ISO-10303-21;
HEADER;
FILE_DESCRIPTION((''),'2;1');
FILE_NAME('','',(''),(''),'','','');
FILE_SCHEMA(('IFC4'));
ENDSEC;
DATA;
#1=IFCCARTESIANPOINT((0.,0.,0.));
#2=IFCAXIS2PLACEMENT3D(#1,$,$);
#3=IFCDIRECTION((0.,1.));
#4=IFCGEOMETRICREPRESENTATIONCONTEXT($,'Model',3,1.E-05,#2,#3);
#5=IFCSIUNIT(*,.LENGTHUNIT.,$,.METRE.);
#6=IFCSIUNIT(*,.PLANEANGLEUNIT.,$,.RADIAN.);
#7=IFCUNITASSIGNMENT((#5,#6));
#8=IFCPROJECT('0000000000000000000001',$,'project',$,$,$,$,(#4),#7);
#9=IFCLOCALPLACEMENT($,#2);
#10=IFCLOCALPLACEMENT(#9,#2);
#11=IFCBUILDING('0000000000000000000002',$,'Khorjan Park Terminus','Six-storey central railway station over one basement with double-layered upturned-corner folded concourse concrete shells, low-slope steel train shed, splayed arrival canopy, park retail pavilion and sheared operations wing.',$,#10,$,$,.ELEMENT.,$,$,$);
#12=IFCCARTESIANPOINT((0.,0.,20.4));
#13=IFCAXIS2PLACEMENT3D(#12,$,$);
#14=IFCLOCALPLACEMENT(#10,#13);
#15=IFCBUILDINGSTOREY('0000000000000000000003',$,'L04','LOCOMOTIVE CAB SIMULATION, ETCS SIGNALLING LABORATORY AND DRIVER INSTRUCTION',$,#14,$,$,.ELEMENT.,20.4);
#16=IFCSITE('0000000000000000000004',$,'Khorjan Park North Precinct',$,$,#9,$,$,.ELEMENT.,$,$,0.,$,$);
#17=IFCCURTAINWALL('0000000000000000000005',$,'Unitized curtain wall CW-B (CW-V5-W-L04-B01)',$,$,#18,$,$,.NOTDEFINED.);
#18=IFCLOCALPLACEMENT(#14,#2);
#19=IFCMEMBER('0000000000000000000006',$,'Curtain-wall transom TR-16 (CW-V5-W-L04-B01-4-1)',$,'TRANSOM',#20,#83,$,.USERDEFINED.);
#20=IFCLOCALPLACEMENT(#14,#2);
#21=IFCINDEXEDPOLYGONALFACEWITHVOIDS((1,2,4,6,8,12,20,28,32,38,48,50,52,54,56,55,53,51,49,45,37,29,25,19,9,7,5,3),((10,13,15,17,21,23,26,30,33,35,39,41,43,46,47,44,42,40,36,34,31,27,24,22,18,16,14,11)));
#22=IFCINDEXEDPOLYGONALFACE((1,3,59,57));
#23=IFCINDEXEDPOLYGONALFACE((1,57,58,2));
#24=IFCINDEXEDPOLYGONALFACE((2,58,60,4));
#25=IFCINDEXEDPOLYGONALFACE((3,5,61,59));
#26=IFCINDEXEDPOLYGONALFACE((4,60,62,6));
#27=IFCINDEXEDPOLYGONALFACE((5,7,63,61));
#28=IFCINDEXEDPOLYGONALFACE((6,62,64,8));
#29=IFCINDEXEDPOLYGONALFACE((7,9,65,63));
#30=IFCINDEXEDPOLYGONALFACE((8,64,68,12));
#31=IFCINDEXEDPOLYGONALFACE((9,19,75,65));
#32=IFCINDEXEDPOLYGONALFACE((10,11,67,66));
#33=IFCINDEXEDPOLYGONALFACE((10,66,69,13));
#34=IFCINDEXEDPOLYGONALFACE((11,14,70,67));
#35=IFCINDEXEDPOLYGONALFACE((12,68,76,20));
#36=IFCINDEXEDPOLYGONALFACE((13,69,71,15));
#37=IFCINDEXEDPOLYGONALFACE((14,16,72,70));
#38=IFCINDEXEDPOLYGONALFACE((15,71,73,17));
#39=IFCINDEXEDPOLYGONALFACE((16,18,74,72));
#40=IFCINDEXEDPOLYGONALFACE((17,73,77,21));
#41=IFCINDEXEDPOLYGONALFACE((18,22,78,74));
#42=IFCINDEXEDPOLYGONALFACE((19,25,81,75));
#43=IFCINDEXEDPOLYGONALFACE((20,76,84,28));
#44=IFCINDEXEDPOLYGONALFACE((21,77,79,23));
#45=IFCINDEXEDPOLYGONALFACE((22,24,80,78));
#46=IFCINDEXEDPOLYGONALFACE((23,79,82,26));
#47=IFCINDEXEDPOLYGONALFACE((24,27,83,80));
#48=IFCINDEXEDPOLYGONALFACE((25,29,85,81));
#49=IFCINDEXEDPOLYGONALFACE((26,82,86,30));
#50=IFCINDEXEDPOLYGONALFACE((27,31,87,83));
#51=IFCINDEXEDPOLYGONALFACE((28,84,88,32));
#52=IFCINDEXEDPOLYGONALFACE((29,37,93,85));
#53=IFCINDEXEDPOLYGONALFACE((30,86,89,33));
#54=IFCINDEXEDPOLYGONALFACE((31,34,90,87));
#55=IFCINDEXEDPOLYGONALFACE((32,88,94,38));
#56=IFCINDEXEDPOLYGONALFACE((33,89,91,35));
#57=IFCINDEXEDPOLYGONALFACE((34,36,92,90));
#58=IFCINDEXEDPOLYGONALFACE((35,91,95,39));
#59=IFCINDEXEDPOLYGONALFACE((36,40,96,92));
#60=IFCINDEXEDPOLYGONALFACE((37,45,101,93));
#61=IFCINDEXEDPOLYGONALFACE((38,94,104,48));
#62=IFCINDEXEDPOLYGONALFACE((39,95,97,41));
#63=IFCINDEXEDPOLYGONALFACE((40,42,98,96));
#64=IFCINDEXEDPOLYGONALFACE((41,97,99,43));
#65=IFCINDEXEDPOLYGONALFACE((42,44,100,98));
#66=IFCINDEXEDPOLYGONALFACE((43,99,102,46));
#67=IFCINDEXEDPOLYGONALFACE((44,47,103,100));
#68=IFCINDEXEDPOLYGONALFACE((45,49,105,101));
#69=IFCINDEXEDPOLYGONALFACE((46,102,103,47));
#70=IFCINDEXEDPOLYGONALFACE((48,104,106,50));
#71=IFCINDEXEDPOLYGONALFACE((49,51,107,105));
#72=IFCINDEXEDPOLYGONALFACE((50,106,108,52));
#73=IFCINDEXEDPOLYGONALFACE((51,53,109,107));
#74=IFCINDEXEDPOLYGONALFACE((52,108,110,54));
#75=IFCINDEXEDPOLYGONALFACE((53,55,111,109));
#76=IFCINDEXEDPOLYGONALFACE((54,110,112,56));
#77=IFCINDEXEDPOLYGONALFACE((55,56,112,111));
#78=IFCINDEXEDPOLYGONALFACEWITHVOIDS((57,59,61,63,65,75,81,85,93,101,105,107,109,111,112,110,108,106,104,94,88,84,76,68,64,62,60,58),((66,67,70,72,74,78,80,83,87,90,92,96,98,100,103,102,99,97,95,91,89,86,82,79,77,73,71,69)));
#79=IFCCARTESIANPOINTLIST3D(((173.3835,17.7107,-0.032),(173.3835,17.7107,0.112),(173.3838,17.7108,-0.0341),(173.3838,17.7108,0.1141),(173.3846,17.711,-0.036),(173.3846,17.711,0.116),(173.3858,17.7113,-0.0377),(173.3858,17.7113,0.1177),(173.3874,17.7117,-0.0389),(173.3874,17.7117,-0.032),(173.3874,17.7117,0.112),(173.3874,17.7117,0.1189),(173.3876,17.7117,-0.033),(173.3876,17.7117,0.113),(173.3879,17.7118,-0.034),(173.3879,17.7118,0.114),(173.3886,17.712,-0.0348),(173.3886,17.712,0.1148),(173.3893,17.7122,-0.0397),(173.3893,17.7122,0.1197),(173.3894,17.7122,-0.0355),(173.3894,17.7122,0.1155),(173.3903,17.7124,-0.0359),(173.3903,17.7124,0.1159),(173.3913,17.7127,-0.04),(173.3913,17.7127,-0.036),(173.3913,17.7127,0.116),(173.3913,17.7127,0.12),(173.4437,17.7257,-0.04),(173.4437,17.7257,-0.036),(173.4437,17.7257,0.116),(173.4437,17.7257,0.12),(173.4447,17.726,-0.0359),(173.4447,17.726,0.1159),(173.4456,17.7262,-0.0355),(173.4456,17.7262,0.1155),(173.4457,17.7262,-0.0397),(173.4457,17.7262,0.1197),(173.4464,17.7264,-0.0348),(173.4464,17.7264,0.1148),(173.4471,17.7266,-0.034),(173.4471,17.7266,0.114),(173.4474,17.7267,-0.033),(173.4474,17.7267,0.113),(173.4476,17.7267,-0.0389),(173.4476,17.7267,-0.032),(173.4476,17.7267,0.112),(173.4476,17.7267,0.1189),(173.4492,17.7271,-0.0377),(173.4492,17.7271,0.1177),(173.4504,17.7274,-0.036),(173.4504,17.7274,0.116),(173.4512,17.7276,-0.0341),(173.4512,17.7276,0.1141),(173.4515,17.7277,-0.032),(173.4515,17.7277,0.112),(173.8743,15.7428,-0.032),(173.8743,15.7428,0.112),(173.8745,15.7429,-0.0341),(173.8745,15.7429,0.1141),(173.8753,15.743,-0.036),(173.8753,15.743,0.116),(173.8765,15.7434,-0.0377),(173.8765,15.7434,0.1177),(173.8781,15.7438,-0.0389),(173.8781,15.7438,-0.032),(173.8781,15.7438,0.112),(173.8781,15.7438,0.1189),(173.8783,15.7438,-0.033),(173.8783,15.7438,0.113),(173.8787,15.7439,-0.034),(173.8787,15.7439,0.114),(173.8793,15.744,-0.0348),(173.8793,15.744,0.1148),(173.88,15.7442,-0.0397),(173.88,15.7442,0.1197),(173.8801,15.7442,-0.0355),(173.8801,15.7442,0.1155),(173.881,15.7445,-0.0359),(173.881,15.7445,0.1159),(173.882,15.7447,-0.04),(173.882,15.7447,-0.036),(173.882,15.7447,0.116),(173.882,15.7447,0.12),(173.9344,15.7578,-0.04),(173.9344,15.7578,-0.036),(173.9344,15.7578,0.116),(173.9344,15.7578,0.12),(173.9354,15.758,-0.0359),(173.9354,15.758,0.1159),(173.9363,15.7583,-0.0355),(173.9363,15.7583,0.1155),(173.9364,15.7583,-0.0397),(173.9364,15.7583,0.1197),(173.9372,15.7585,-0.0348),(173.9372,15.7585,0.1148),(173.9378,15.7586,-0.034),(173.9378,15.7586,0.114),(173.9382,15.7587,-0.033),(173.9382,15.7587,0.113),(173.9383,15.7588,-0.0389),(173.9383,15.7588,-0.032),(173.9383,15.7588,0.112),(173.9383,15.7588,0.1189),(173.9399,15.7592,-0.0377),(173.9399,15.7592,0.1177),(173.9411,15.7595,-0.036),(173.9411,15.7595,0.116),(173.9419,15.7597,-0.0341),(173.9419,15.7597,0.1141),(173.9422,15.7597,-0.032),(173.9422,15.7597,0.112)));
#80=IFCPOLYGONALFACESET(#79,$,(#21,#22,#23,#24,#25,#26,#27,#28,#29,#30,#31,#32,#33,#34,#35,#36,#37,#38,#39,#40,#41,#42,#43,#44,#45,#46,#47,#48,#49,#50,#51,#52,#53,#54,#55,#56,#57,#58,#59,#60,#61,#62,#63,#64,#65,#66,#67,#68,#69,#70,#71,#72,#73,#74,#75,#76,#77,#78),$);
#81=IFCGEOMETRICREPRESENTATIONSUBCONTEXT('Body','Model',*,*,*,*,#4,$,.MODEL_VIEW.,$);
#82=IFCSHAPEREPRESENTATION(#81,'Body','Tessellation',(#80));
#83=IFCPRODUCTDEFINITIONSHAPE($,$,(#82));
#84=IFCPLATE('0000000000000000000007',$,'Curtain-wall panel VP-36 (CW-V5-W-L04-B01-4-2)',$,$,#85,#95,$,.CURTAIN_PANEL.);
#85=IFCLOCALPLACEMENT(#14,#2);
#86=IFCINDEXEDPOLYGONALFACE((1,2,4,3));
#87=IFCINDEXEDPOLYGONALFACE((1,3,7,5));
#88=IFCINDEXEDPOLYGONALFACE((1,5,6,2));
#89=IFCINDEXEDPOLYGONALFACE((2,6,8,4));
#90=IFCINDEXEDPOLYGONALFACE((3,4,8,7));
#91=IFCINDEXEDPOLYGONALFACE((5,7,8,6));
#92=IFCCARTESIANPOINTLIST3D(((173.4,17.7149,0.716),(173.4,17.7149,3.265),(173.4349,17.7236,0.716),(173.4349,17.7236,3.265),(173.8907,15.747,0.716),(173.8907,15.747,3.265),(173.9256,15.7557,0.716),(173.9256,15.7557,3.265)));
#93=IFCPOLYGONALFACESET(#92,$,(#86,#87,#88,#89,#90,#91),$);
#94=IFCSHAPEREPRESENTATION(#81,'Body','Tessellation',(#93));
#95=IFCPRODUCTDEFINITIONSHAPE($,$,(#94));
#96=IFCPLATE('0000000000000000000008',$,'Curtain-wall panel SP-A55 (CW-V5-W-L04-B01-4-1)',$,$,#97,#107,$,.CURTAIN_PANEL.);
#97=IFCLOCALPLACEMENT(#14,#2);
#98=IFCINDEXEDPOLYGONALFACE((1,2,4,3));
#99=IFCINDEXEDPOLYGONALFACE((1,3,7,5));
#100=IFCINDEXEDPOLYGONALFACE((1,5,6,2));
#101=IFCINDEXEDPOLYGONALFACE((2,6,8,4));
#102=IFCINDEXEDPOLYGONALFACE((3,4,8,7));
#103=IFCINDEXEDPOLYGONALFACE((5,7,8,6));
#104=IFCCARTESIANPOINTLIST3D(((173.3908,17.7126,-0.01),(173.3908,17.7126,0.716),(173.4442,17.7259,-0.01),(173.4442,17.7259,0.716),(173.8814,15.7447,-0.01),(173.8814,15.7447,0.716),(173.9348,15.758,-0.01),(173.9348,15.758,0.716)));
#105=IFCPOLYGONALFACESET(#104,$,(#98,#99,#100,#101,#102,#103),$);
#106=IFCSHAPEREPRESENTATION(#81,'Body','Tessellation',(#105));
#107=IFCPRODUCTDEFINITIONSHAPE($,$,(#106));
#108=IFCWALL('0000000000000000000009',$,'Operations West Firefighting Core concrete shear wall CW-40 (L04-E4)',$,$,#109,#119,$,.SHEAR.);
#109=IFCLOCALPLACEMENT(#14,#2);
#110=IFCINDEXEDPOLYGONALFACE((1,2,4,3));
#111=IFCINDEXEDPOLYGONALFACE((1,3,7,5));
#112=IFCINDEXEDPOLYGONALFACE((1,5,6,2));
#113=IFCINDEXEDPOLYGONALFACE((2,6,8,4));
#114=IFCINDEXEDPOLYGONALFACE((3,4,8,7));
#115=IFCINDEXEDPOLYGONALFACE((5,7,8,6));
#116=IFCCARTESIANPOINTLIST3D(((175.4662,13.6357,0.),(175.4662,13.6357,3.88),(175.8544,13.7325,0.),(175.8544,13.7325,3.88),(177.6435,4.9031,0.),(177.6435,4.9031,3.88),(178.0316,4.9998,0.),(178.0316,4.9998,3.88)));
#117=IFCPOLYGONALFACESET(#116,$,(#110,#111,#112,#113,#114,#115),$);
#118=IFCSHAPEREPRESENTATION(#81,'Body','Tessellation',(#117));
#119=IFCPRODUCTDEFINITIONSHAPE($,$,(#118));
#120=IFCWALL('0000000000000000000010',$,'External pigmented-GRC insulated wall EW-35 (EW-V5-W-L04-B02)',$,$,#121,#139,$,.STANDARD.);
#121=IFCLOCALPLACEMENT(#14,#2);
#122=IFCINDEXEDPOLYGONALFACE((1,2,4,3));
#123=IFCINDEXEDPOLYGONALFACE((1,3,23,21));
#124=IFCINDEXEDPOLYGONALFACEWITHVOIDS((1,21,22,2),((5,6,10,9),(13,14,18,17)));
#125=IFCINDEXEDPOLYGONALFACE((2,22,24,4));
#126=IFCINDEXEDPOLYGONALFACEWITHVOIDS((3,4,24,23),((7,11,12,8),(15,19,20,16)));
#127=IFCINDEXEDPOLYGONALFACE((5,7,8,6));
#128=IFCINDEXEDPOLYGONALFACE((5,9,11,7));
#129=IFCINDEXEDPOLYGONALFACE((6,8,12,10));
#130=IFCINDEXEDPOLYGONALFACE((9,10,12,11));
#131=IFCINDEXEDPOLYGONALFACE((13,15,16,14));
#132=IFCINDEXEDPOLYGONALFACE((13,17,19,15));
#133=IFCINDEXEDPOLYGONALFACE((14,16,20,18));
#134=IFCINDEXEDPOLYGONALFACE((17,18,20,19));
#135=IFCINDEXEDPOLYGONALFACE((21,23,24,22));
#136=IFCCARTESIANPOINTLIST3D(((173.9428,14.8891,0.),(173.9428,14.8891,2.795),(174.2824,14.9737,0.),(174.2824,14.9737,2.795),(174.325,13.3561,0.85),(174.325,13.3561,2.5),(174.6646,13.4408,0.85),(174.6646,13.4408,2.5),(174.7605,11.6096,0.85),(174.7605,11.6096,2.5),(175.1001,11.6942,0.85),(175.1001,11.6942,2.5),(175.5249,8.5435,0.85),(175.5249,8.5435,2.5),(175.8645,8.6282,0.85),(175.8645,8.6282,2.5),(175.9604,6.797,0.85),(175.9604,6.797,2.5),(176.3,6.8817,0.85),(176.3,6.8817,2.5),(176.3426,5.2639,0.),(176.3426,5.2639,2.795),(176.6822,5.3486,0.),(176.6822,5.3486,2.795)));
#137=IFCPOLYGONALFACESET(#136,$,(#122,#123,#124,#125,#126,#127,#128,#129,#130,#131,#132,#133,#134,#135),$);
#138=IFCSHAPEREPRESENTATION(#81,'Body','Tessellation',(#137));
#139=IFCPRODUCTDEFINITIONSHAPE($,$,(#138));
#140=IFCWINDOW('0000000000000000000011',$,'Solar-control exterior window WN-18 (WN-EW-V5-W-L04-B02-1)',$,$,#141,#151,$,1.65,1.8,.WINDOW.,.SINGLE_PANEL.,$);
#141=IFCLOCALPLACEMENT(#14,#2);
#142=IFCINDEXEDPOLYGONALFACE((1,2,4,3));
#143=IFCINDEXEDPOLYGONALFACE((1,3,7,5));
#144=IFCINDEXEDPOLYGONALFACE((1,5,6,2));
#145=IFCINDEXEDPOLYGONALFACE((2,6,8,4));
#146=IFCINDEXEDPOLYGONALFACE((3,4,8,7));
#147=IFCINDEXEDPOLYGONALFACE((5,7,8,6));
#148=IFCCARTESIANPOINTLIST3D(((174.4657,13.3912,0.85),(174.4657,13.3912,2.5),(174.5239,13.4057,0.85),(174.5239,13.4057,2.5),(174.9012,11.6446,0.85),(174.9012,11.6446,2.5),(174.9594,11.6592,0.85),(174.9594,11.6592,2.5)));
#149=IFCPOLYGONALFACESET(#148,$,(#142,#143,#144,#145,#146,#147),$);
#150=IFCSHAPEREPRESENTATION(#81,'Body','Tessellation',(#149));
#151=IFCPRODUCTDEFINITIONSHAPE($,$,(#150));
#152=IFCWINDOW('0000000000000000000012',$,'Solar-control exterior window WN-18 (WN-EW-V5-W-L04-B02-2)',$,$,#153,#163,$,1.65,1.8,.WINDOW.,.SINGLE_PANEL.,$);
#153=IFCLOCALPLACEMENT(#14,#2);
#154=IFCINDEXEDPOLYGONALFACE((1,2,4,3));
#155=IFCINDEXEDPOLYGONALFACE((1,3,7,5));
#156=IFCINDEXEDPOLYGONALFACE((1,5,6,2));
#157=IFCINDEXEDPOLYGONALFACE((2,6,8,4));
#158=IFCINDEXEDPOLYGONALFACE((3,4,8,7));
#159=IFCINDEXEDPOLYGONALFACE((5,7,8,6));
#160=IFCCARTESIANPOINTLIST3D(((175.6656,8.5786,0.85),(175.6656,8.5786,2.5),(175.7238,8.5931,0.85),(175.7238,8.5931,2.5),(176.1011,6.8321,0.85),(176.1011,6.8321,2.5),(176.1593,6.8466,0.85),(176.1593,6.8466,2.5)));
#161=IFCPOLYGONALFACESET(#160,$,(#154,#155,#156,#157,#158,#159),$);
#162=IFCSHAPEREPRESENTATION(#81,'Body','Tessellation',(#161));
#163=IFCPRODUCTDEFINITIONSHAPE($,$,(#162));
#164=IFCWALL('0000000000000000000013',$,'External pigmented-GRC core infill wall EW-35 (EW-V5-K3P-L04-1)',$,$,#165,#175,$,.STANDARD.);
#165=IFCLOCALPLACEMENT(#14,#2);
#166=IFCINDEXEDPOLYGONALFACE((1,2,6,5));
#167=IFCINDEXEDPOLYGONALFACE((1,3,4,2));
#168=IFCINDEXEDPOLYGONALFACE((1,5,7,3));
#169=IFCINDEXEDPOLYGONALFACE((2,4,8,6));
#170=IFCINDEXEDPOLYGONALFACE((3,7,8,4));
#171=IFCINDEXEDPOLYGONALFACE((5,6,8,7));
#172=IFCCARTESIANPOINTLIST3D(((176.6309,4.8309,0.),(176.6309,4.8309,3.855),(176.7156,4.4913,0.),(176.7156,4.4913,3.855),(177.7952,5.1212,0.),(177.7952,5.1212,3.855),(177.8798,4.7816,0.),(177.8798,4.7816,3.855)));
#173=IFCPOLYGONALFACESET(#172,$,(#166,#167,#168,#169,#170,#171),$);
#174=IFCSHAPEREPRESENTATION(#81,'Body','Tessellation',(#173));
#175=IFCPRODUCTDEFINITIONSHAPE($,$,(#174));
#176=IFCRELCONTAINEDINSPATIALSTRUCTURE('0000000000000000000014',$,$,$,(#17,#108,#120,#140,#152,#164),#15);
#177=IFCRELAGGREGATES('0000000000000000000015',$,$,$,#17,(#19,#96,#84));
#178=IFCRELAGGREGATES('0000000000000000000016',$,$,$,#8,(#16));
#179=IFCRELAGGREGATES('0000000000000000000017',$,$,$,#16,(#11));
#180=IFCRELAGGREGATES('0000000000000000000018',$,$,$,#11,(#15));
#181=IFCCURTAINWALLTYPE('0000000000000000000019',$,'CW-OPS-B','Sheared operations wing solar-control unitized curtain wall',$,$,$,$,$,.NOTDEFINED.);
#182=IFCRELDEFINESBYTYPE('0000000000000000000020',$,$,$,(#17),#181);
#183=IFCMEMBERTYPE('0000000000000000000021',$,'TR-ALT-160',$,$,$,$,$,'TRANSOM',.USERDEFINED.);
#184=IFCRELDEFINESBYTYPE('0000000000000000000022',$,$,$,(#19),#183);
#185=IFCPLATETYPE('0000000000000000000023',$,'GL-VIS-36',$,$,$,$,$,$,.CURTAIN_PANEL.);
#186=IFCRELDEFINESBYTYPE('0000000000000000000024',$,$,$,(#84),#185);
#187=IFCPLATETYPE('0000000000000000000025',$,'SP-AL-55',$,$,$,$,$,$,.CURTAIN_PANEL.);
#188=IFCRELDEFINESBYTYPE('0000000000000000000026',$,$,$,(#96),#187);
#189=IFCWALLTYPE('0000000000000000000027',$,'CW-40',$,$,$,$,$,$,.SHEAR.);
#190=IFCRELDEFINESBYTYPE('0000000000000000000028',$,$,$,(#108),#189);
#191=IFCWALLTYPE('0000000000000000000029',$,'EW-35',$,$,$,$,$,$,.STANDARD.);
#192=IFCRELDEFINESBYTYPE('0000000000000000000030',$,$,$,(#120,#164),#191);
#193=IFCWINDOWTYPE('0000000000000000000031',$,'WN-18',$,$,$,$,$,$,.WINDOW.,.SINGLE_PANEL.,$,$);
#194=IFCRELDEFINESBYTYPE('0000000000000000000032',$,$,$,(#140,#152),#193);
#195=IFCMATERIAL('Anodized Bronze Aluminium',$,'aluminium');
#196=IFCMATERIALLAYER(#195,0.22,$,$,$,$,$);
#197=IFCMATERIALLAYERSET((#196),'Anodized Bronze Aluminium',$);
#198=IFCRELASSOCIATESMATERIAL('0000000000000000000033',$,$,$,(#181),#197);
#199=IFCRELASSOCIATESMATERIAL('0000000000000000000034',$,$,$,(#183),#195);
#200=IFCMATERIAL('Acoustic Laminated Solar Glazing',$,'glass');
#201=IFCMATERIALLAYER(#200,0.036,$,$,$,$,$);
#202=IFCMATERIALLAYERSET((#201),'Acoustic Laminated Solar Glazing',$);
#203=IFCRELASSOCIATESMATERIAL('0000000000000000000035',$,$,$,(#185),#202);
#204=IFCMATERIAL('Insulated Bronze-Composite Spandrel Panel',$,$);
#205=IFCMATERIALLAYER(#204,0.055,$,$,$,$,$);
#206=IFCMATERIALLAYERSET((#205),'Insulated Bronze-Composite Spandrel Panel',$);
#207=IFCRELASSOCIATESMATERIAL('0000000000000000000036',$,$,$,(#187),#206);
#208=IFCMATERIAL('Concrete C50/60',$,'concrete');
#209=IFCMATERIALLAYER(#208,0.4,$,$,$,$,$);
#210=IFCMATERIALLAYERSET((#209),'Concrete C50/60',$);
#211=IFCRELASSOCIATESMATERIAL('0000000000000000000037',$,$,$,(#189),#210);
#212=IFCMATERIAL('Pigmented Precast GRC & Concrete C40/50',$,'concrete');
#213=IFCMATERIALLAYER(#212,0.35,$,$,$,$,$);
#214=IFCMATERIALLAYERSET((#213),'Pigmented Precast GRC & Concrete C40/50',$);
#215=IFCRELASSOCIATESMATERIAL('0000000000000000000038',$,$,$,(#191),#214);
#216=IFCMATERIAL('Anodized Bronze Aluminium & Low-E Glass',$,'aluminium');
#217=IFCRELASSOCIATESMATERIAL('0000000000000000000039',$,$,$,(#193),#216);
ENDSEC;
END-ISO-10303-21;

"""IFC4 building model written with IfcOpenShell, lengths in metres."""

from ifc_helpers import new_model, si_unit, direction, frame, frame_2d, origin, origin_2d, place, context, subcontext, project, spatial, rectangle, hollow_rectangle, extrude, material, layer, layer_set, material_profile, profile_set, type_object, element, fill, aggregate, save


model = new_model("IFC4")

# Units and contexts
model_context = context("Model", 3, precision=1e-05, world=origin(), true_north=direction((0.0, 1.0)))
body_context = subcontext(model_context, "Body", "Model", "MODEL_VIEW")
ifc_project = project(units=[si_unit("LENGTHUNIT", "METRE"), si_unit("PLANEANGLEUNIT", "RADIAN")], contexts=[model_context])

# Site, building, storey
site_placement = place(None, origin())
site = spatial("IfcSite", under=ifc_project, at=site_placement, Name="Khorjan Park North Precinct", CompositionType="ELEMENT", RefElevation=0.0)
building_placement = place(site_placement, origin())
building = spatial("IfcBuilding", under=site, at=building_placement, Name="Khorjan Park Terminus", Description="Six-storey central railway station over one basement with double-layered upturned-corner folded concourse concrete shells, low-slope steel train shed, splayed arrival canopy, park retail pavilion and sheared operations wing.", CompositionType="ELEMENT")
storey_placement = place(building_placement, frame((0.0, 0.0, 20.4)))
storey = spatial("IfcBuildingStorey", under=building, at=storey_placement, Name="L04", Description="LOCOMOTIVE CAB SIMULATION, ETCS SIGNALLING LABORATORY AND DRIVER INSTRUCTION", CompositionType="ELEMENT", Elevation=20.4)

# Shared definitions
ifc_material_1 = material(Name="Concrete C50/60", Category="concrete")

# Curtain wall, member, plates
ifc_material_2 = material(Name="Anodized Bronze Aluminium", Category="aluminium")
ifc_layer_1 = layer(ifc_material_2, 0.22)
ifc_layer_set_1 = layer_set([ifc_layer_1], Name="Anodized Bronze Aluminium")
curtain_wall_type = type_object("IfcCurtainWallType", Name="CW-OPS-B", Description="Sheared operations wing solar-control unitized curtain wall", PredefinedType="NOTDEFINED", material=ifc_layer_set_1)
curtain_wall_placement = place(storey_placement, origin())
curtain_wall = element("IfcCurtainWall", 1, at=curtain_wall_placement, inside=storey, type_object=curtain_wall_type, Name="Unitized curtain wall CW-B (CW-V5-W-L04-B01)", PredefinedType="NOTDEFINED")
ifc_material_profile_1 = material_profile(ifc_material_2, hollow_rectangle(XDim=0.07, YDim=0.16, WallThickness=0.004, InnerFilletRadius=0.004, OuterFilletRadius=0.008, at=origin_2d()), Name="ALT 70x160x4")
ifc_profile_set_1 = profile_set([ifc_material_profile_1], Name="Anodized Bronze Aluminium")
member_type_1 = type_object("IfcMemberType", Name="TR-ALT-160", ElementType="TRANSOM", PredefinedType="USERDEFINED", material=ifc_profile_set_1)
member_1_placement = place(storey_placement, frame((173.4175, 17.7192, 0.04), z_axis=(0.241944, -0.97029, 0.0), x_axis=(0.97029, 0.241944, 0.0)))
member_1 = element("IfcMember", 2, at=member_1_placement, type_object=member_type_1, Name="Curtain-wall transom TR-16 (CW-V5-W-L04-B01-4-1)", ObjectType="TRANSOM", PredefinedType="USERDEFINED", context=body_context, shape_type="SweptSolid", body=[
    extrude(hollow_rectangle(XDim=0.07, YDim=0.16, WallThickness=0.004, InnerFilletRadius=0.004, OuterFilletRadius=0.008, at=origin_2d()), origin(), (0.0, 0.0, 1.0), 2.0282),
])
ifc_material_3 = material(Name="Acoustic Laminated Solar Glazing", Category="glass")
ifc_layer_2 = layer(ifc_material_3, 0.036)
ifc_layer_set_2 = layer_set([ifc_layer_2], Name="Acoustic Laminated Solar Glazing")
plate_type_1 = type_object("IfcPlateType", Name="GL-VIS-36", PredefinedType="CURTAIN_PANEL", material=ifc_layer_set_2)
plate_1_placement = place(storey_placement, frame((173.6628, 16.7353, 0.716), z_axis=(0.0, 0.0, 1.0), x_axis=(0.241928, -0.970294, 0.0)))
plate_1 = element("IfcPlate", 3, at=plate_1_placement, type_object=plate_type_1, Name="Curtain-wall panel VP-36 (CW-V5-W-L04-B01-4-2)", PredefinedType="CURTAIN_PANEL", context=body_context, shape_type="SweptSolid", body=[
    extrude(rectangle(XDim=2.0281, YDim=0.036, at=origin_2d()), origin(), (0.0, 0.0, 1.0), 2.549),
])
ifc_material_4 = material(Name="Insulated Bronze-Composite Spandrel Panel")
ifc_layer_3 = layer(ifc_material_4, 0.055)
ifc_layer_set_3 = layer_set([ifc_layer_3], Name="Insulated Bronze-Composite Spandrel Panel")
plate_type_2 = type_object("IfcPlateType", Name="SP-AL-55", PredefinedType="CURTAIN_PANEL", material=ifc_layer_set_3)
plate_2_placement = place(storey_placement, frame((173.6628, 16.7353, -0.01), z_axis=(0.0, 0.0, 1.0), x_axis=(0.241928, -0.970294, 0.0)))
plate_2 = element("IfcPlate", 4, at=plate_2_placement, type_object=plate_type_2, Name="Curtain-wall panel SP-A55 (CW-V5-W-L04-B01-4-1)", PredefinedType="CURTAIN_PANEL", context=body_context, shape_type="SweptSolid", body=[
    extrude(rectangle(XDim=2.0281, YDim=0.055, at=origin_2d()), origin(), (0.0, 0.0, 1.0), 0.726),
])
aggregate(curtain_wall, [member_1, plate_2, plate_1])

# Wall
ifc_layer_4 = layer(ifc_material_1, 0.4)
ifc_layer_set_4 = layer_set([ifc_layer_4], Name="Concrete C50/60")
wall_type_1 = type_object("IfcWallType", Name="CW-40", PredefinedType="SHEAR", material=ifc_layer_set_4)
wall_1_placement = place(storey_placement, frame((175.6603, 13.6841, 0.0), z_axis=(0.0, 0.0, 1.0), x_axis=(0.241921, -0.970296, 0.0)))
element("IfcWall", 5, at=wall_1_placement, inside=storey, type_object=wall_type_1, Name="Operations West Firefighting Core concrete shear wall CW-40 (L04-E4)", PredefinedType="SHEAR", context=body_context, shape_type="SweptSolid", body=[
    extrude(rectangle(XDim=9.0, YDim=0.4, at=frame_2d((4.5, 0.0))), origin(), (0.0, 0.0, 1.0), 3.88),
])

# Wall, openings, windows
ifc_material_5 = material(Name="Pigmented Precast GRC & Concrete C40/50", Category="concrete")
ifc_layer_5 = layer(ifc_material_5, 0.35)
ifc_layer_set_5 = layer_set([ifc_layer_5], Name="Pigmented Precast GRC & Concrete C40/50")
wall_type_2 = type_object("IfcWallType", Name="EW-35", PredefinedType="STANDARD", material=ifc_layer_set_5)
wall_2_placement = place(storey_placement, frame((174.1126, 14.9314, 0.0), z_axis=(0.0, 0.0, 1.0), x_axis=(0.241921, -0.970296, 0.0)))
wall_2 = element("IfcWall", 6, at=wall_2_placement, inside=storey, type_object=wall_type_2, Name="External pigmented-GRC insulated wall EW-35 (EW-V5-W-L04-B02)", PredefinedType="STANDARD", context=body_context, shape_type="SweptSolid", body=[
    extrude(rectangle(XDim=9.9198, YDim=0.35, at=frame_2d((4.9599, 0.0))), origin(), (0.0, 0.0, 1.0), 2.795),
])
opening_1_placement = place(wall_2_placement, frame((1.5799, 0.0, 0.85)))
opening_1 = element("IfcOpeningElement", 7, at=opening_1_placement, cuts=wall_2, PredefinedType="OPENING", context=body_context, shape_type="SweptSolid", body=[
    extrude(rectangle(XDim=1.8, YDim=1.65, at=frame_2d((0.9, 0.825))), frame((0.0, 0.185, 0.0), z_axis=(0.0, -1.0, 0.0), x_axis=(1.0, 0.0, 0.0)), (0.0, 0.0, 1.0), 0.37),
])
opening_2_placement = place(wall_2_placement, frame((6.5398, 0.0, 0.85)))
opening_2 = element("IfcOpeningElement", 8, at=opening_2_placement, cuts=wall_2, PredefinedType="OPENING", context=body_context, shape_type="SweptSolid", body=[
    extrude(rectangle(XDim=1.8, YDim=1.65, at=frame_2d((0.9, 0.825))), frame((0.0, 0.185, 0.0), z_axis=(0.0, -1.0, 0.0), x_axis=(1.0, 0.0, 0.0)), (0.0, 0.0, 1.0), 0.37),
])
ifc_material_6 = material(Name="Anodized Bronze Aluminium & Low-E Glass", Category="aluminium")
window_type = type_object("IfcWindowType", Name="WN-18", PartitioningType="SINGLE_PANEL", PredefinedType="WINDOW", material=ifc_material_6)
window_1_placement = place(opening_1_placement, origin())
window_1 = element("IfcWindow", 9, at=window_1_placement, inside=storey, type_object=window_type, Name="Solar-control exterior window WN-18 (WN-EW-V5-W-L04-B02-1)", OverallHeight=1.65, OverallWidth=1.8, PartitioningType="SINGLE_PANEL", PredefinedType="WINDOW", context=body_context, shape_type="SweptSolid", body=[
    extrude(rectangle(XDim=1.8, YDim=1.65, at=frame_2d((0.9, 0.825))), frame((0.0, 0.03, 0.0), z_axis=(0.0, -1.0, 0.0), x_axis=(1.0, 0.0, 0.0)), (0.0, 0.0, 1.0), 0.06),
])
fill(opening_1, window_1)
window_2_placement = place(opening_2_placement, origin())
window_2 = element("IfcWindow", 10, at=window_2_placement, inside=storey, type_object=window_type, Name="Solar-control exterior window WN-18 (WN-EW-V5-W-L04-B02-2)", OverallHeight=1.65, OverallWidth=1.8, PartitioningType="SINGLE_PANEL", PredefinedType="WINDOW", context=body_context, shape_type="SweptSolid", body=[
    extrude(rectangle(XDim=1.8, YDim=1.65, at=frame_2d((0.9, 0.825))), frame((0.0, 0.03, 0.0), z_axis=(0.0, -1.0, 0.0), x_axis=(1.0, 0.0, 0.0)), (0.0, 0.0, 1.0), 0.06),
])
fill(opening_2, window_2)

# Wall
wall_3_placement = place(storey_placement, frame((176.6733, 4.6611, 0.0), z_axis=(0.0, 0.0, 1.0), x_axis=(0.970294, 0.241928, 0.0)))
element("IfcWall", 11, at=wall_3_placement, inside=storey, type_object=wall_type_2, Name="External pigmented-GRC core infill wall EW-35 (EW-V5-K3P-L04-1)", PredefinedType="STANDARD", context=body_context, shape_type="SweptSolid", body=[
    extrude(rectangle(XDim=1.1999, YDim=0.35, at=frame_2d((0.5999, 0.0))), origin(), (0.0, 0.0, 1.0), 3.855),
])

save(model, "model.ifc")
